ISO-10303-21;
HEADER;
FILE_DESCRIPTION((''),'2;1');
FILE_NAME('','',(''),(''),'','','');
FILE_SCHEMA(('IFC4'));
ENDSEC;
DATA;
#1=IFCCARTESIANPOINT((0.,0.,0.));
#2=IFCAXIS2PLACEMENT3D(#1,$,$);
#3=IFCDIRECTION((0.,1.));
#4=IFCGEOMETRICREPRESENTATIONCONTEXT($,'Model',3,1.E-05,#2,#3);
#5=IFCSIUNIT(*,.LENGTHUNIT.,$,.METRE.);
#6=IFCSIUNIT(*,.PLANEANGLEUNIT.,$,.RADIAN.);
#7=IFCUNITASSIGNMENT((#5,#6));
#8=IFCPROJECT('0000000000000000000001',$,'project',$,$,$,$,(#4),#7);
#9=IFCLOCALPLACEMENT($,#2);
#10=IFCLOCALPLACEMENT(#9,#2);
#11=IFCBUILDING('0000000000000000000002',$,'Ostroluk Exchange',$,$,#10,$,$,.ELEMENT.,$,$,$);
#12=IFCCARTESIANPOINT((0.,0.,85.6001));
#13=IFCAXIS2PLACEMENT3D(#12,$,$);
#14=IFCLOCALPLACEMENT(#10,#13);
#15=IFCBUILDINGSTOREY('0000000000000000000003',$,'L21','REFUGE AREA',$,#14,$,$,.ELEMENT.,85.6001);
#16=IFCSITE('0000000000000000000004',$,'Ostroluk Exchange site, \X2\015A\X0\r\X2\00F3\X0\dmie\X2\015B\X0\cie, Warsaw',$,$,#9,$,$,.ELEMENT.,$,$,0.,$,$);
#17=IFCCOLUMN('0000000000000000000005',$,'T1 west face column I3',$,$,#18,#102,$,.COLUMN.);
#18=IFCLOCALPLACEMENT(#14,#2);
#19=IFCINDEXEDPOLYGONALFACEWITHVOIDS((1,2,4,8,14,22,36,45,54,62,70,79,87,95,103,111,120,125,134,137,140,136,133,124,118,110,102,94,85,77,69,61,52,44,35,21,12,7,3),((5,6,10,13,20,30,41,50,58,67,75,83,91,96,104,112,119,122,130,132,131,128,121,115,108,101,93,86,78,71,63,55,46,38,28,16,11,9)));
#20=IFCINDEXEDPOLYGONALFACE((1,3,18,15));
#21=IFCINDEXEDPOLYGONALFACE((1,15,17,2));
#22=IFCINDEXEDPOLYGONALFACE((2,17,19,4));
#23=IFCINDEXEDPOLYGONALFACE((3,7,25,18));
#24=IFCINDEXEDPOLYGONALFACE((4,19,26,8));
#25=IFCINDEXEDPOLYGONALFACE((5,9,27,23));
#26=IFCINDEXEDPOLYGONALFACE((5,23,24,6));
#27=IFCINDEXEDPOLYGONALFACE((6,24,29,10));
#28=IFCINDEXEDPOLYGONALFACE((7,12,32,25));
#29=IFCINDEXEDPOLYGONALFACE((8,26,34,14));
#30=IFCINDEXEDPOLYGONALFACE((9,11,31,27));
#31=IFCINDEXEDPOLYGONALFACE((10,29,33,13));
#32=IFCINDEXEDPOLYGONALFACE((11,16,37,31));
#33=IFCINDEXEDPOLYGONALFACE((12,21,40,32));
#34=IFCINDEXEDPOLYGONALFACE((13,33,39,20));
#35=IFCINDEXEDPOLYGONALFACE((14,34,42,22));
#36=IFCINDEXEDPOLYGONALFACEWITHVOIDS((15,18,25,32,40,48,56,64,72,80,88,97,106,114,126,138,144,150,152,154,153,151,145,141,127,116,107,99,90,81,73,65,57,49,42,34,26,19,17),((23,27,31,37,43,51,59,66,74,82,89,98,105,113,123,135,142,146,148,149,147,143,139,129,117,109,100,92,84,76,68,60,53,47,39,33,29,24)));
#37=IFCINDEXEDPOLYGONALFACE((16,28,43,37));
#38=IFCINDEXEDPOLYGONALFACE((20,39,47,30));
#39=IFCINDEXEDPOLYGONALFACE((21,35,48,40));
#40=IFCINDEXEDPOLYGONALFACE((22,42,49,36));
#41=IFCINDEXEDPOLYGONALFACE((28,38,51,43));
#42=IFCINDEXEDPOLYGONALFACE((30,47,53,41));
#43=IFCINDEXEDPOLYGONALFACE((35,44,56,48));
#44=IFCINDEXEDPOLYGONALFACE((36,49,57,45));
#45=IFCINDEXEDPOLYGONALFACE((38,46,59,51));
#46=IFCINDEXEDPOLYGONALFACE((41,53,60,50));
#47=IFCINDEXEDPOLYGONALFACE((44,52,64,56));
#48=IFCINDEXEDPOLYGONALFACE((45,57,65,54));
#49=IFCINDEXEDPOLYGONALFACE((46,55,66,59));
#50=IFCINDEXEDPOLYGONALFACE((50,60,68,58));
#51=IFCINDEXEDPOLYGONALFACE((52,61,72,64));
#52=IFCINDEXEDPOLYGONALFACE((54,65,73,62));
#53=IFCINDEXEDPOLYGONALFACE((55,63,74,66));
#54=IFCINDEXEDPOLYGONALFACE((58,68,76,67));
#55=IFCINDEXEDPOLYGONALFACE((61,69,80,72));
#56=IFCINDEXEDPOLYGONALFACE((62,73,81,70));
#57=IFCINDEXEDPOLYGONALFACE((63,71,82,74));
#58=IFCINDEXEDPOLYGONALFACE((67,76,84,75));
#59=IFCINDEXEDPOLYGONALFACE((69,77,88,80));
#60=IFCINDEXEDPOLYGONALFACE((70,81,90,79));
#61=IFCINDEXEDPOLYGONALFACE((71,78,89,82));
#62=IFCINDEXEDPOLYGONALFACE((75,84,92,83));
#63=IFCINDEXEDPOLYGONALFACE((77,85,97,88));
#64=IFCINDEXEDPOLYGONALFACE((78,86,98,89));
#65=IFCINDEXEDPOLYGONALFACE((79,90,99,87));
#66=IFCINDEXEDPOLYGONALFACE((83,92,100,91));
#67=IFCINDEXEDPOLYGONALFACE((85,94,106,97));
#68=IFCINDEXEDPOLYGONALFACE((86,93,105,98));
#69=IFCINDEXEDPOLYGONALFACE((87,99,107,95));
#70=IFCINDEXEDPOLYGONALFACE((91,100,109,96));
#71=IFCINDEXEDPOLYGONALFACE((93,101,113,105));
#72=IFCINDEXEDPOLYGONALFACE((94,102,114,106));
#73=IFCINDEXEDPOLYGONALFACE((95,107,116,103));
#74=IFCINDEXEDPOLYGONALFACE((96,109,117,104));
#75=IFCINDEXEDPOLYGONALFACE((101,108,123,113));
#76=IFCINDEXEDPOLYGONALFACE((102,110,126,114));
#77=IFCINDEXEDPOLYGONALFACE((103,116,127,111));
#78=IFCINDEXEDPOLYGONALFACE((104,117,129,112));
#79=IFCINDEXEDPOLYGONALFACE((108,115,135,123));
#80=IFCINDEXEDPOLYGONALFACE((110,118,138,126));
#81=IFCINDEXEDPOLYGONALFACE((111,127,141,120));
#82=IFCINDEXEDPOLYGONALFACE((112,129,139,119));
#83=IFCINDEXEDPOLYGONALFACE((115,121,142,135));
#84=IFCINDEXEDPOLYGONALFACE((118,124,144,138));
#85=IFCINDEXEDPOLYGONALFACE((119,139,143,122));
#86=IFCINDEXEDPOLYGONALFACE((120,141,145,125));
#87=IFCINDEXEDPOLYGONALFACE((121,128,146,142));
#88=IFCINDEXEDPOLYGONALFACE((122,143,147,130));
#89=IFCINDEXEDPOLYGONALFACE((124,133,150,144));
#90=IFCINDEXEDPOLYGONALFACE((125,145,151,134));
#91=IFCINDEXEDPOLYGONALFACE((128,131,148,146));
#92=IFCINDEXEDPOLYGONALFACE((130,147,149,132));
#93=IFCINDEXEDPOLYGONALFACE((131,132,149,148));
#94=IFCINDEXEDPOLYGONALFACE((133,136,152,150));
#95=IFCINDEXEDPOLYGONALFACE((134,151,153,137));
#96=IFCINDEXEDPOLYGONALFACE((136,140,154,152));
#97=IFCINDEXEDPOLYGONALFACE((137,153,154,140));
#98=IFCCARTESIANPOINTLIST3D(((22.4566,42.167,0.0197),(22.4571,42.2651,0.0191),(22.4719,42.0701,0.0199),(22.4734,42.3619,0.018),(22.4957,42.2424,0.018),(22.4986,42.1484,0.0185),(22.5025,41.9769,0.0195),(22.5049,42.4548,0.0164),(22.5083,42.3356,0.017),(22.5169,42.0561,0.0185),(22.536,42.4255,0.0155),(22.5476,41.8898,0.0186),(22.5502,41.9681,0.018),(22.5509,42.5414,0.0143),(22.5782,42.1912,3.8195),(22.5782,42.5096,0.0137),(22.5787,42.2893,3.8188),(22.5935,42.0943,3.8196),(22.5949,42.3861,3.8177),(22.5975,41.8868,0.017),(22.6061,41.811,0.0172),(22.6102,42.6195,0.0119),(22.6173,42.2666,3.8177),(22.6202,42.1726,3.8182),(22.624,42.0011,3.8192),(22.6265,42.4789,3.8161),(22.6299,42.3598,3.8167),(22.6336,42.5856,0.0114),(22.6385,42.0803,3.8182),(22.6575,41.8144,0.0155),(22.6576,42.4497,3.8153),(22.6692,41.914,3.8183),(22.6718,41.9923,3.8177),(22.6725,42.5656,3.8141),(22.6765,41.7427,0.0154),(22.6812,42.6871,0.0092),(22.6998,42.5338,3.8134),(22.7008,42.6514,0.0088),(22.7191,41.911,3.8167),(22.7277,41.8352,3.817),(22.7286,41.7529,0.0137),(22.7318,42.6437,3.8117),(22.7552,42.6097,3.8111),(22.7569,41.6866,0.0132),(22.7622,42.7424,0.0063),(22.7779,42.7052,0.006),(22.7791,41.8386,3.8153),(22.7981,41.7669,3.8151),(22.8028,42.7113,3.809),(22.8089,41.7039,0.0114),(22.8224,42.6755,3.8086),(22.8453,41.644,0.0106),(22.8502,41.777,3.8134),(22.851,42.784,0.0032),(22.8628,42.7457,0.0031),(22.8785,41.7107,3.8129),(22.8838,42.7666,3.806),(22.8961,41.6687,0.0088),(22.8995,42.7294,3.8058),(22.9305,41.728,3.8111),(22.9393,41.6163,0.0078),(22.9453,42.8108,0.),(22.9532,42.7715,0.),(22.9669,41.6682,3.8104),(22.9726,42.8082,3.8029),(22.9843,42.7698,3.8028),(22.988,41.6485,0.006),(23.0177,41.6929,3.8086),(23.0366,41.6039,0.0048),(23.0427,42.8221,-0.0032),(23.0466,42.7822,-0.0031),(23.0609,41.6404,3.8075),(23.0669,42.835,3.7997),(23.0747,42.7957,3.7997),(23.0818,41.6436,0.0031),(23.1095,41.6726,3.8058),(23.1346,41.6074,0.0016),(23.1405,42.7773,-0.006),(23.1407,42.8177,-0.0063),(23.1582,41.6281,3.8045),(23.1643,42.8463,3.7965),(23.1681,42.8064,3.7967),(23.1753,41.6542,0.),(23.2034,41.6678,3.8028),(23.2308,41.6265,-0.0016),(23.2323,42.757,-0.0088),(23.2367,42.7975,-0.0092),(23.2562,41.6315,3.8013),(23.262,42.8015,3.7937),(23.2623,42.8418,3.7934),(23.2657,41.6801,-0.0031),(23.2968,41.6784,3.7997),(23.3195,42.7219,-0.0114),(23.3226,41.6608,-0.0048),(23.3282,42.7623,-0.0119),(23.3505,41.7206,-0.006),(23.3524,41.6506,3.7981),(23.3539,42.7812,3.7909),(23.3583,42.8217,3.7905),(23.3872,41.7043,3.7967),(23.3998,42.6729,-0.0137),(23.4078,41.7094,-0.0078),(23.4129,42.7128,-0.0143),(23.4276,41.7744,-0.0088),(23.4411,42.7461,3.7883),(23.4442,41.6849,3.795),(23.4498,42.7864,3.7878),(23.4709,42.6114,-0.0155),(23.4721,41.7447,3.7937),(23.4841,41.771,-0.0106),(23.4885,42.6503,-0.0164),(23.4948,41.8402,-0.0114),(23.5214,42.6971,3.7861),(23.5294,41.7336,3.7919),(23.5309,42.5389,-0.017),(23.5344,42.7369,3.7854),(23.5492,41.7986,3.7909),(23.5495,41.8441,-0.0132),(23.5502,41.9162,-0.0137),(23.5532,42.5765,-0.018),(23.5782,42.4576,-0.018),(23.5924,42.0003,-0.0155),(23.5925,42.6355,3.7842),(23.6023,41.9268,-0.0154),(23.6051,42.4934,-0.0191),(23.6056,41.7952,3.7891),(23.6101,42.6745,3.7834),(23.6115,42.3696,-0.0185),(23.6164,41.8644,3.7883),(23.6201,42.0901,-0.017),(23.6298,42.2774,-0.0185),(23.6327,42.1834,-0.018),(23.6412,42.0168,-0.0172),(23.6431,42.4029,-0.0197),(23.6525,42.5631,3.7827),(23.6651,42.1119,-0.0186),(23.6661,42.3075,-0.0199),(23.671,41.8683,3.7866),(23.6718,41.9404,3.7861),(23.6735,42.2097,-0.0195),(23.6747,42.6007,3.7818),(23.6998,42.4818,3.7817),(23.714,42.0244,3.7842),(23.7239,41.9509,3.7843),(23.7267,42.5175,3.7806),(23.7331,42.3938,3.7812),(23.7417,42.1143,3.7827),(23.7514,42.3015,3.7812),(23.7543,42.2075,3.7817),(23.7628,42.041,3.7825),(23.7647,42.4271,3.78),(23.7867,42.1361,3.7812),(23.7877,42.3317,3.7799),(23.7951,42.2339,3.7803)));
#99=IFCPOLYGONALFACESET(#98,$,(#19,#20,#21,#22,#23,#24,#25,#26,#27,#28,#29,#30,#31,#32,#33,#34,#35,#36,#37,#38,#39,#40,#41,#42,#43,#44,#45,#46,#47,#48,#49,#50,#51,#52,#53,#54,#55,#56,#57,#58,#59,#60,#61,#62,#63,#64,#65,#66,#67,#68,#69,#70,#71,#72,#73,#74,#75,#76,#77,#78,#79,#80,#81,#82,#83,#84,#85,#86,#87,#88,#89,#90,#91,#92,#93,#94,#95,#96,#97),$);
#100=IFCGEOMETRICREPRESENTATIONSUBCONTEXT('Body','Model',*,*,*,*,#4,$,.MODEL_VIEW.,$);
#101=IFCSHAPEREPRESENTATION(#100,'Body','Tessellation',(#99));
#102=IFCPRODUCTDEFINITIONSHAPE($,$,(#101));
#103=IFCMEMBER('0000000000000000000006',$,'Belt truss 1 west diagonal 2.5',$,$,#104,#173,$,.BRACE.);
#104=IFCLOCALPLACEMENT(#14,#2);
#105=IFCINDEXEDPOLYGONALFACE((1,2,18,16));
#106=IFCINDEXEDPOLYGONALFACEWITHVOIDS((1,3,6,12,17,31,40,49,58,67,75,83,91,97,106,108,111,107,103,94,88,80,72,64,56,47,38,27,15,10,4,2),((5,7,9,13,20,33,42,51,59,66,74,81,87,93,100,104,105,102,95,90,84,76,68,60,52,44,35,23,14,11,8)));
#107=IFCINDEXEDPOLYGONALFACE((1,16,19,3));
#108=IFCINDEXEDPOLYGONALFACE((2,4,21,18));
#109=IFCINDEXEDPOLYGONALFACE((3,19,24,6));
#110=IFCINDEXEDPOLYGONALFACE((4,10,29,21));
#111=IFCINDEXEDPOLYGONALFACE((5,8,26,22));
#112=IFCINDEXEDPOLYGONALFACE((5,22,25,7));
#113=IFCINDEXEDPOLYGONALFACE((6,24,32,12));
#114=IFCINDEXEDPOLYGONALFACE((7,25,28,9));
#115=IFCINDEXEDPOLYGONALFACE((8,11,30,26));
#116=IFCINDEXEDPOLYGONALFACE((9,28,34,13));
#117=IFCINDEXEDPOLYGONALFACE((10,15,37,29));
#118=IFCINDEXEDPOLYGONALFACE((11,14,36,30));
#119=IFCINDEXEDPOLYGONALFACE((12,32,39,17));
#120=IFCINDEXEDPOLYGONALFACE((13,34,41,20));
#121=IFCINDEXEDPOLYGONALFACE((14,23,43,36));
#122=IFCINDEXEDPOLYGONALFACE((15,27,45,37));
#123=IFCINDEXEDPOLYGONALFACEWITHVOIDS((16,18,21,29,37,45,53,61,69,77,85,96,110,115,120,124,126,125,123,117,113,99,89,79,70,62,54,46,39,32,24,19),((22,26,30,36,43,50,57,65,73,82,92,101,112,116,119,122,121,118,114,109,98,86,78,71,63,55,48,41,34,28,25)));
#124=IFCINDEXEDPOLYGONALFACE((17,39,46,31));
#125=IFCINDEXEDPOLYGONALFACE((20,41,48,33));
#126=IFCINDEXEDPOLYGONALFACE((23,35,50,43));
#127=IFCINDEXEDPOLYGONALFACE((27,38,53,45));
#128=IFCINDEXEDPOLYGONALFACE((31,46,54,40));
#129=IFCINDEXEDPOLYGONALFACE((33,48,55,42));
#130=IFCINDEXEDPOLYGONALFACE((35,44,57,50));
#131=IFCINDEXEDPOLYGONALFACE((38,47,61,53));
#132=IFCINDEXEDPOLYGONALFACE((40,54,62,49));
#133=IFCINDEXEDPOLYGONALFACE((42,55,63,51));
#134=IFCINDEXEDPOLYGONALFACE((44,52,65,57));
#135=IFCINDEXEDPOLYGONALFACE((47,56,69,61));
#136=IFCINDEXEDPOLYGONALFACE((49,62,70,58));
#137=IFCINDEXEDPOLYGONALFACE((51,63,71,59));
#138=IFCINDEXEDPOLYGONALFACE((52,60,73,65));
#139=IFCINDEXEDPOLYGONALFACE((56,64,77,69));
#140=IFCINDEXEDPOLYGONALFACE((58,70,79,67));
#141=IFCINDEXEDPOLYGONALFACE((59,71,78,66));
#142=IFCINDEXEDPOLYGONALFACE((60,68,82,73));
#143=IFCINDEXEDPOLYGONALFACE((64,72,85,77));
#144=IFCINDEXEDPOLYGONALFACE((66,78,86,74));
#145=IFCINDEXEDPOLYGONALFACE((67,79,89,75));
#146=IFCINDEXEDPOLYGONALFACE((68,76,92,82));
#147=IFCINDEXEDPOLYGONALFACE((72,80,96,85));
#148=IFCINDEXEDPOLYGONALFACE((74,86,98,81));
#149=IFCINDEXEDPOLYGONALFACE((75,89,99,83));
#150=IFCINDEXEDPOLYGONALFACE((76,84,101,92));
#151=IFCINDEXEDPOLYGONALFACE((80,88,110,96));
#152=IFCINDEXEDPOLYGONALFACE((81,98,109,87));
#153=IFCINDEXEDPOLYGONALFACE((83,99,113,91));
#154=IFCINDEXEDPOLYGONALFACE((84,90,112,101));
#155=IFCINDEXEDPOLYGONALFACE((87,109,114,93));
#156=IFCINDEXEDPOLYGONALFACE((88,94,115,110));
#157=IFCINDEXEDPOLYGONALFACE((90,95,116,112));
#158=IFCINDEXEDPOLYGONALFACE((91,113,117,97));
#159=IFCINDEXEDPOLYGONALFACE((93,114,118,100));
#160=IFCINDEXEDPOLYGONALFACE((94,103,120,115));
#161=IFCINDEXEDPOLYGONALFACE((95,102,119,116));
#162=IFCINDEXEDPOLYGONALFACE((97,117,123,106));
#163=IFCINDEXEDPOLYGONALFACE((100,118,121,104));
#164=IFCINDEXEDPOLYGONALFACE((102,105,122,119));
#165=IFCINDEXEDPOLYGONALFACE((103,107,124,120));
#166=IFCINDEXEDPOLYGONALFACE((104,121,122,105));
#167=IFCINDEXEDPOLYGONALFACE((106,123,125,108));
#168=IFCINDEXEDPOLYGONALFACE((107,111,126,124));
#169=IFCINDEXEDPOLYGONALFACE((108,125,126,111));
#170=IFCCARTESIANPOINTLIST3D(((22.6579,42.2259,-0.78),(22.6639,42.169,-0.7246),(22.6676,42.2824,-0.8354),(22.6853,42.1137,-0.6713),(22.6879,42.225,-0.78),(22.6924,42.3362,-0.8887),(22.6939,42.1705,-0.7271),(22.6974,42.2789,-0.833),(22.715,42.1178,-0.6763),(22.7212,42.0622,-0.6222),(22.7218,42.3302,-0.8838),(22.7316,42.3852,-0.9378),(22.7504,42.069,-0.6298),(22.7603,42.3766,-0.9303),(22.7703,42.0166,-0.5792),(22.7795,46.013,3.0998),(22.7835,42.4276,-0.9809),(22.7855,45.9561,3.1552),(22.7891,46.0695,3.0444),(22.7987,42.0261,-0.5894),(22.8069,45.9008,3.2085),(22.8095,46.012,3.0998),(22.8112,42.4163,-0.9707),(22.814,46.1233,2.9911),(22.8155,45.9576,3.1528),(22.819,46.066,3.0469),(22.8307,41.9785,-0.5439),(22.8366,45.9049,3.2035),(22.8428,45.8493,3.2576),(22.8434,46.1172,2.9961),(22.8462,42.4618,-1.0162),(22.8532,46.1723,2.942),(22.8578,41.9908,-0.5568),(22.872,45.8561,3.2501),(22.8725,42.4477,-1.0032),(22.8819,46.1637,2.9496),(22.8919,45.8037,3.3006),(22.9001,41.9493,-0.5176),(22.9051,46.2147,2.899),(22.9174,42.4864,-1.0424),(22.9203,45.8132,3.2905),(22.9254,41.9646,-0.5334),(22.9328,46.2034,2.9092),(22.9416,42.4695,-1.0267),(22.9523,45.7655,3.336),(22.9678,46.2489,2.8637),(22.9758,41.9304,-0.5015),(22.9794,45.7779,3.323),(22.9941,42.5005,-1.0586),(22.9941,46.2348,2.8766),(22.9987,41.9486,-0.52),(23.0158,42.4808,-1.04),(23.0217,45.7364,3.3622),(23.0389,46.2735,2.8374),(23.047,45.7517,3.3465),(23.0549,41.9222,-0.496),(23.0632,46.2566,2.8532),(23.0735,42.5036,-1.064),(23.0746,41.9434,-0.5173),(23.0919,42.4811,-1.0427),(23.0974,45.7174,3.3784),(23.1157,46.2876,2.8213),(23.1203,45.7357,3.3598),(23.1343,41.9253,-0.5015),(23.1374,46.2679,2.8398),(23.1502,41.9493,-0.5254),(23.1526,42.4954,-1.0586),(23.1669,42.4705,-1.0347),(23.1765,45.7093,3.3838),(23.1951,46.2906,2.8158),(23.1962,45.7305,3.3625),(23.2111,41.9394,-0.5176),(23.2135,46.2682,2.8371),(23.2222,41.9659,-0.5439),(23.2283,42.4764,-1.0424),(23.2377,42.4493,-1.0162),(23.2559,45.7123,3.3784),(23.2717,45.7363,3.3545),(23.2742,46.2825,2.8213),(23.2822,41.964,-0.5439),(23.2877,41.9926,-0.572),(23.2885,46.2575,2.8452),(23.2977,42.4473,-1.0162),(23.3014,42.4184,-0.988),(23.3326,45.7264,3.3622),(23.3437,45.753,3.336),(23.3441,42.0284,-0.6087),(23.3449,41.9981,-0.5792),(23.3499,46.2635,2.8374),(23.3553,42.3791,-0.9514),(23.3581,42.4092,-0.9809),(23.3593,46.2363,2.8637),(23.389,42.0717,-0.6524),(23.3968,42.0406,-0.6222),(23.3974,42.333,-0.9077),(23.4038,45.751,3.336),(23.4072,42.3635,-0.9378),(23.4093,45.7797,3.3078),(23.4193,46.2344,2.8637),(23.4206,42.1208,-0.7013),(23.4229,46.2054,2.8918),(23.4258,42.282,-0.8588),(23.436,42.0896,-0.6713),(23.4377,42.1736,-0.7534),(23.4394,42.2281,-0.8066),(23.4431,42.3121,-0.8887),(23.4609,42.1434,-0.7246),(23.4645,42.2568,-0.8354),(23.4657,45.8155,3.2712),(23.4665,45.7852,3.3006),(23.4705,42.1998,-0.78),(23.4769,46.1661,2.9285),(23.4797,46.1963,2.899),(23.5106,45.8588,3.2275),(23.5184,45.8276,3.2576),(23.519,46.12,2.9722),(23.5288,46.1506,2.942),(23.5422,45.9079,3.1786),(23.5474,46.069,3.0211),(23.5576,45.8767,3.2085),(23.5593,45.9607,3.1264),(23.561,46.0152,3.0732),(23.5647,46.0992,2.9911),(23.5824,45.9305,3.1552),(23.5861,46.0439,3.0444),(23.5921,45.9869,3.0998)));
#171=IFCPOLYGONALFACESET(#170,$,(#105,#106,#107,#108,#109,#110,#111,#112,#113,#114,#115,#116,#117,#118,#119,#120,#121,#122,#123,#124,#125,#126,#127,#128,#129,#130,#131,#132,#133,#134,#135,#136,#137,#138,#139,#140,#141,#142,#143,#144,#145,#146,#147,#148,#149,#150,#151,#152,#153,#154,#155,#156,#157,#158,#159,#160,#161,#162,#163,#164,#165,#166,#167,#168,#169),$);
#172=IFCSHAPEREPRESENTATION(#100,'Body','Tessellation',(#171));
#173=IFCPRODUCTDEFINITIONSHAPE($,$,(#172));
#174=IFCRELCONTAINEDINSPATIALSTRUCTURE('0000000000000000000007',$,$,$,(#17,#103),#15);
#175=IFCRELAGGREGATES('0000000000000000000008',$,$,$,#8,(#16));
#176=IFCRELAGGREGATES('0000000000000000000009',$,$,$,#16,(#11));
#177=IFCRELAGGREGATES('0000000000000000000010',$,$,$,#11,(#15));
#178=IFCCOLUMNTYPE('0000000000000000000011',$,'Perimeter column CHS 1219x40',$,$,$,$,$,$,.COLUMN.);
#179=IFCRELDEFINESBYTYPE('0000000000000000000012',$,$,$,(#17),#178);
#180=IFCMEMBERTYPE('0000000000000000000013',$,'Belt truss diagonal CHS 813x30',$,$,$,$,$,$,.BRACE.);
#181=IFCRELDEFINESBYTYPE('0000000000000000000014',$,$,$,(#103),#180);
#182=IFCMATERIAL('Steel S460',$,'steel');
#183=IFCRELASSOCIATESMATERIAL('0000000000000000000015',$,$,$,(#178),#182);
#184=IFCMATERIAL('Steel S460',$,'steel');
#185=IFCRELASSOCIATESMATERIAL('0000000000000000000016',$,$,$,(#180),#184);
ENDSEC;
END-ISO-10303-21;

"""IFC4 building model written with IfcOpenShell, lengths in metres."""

from ifc_helpers import new_model, si_unit, direction, frame, origin, origin_2d, place, context, subcontext, project, spatial, hollow_circle, extrude, material, material_profile, profile_set, type_object, element, save


model = new_model("IFC4")

# Units and contexts
model_context = context("Model", 3, precision=1e-05, world=origin(), true_north=direction((0.0, 1.0)))
body_context = subcontext(model_context, "Body", "Model", "MODEL_VIEW")
ifc_project = project(units=[si_unit("LENGTHUNIT", "METRE"), si_unit("PLANEANGLEUNIT", "RADIAN")], contexts=[model_context])

# Site, building, storey
site_placement = place(None, origin())
site = spatial("IfcSite", under=ifc_project, at=site_placement, Name="Ostroluk Exchange site, Śródmieście, Warsaw", CompositionType="ELEMENT", RefElevation=0.0)
building_placement = place(site_placement, origin())
building = spatial("IfcBuilding", under=site, at=building_placement, Name="Ostroluk Exchange", CompositionType="ELEMENT")
storey_placement = place(building_placement, frame((0.0, 0.0, 85.6001)))
storey = spatial("IfcBuildingStorey", under=building, at=storey_placement, Name="L21", Description="REFUGE AREA", CompositionType="ELEMENT", Elevation=85.6001)

# Column
ifc_material_1 = material(Name="Steel S460", Category="steel")
ifc_material_profile_1 = material_profile(ifc_material_1, hollow_circle(Radius=0.6096, WallThickness=0.04, at=origin_2d()), Name="CHS 1219x40")
ifc_profile_set_1 = profile_set([ifc_material_profile_1], Name="Steel S460")
column_type = type_object("IfcColumnType", Name="Perimeter column CHS 1219x40", PredefinedType="COLUMN", material=ifc_profile_set_1)
column_placement = place(storey_placement, frame((23.0642, 42.2129, 0.0), z_axis=(0.03198, 0.006357, 0.999468), x_axis=(-0.19498, 0.980807, 0.0)))
element("IfcColumn", 1, at=column_placement, inside=storey, type_object=column_type, Name="T1 west face column I3", PredefinedType="COLUMN", context=body_context, shape_type="SweptSolid", body=[
    extrude(hollow_circle(Radius=0.6096, WallThickness=0.04, at=origin_2d()), origin(), (0.0, 0.0, 1.0), 3.8018),
])

# Member
ifc_material_2 = material(Name="Steel S460", Category="steel")
ifc_material_profile_2 = material_profile(ifc_material_2, hollow_circle(Radius=0.4065, WallThickness=0.03, at=origin_2d()), Name="CHS 813x30")
ifc_profile_set_2 = profile_set([ifc_material_profile_2], Name="Steel S460")
member_type_1 = type_object("IfcMemberType", Name="Belt truss diagonal CHS 813x30", PredefinedType="BRACE", material=ifc_profile_set_2)
member_1_placement = place(storey_placement, frame((23.0642, 42.2129, -0.78), z_axis=(0.022419, 0.698324, 0.715431), x_axis=(-0.999485, 0.032088, 0.0)))
element("IfcMember", 2, at=member_1_placement, inside=storey, type_object=member_type_1, Name="Belt truss 1 west diagonal 2.5", PredefinedType="BRACE", context=body_context, shape_type="SweptSolid", body=[
    extrude(hollow_circle(Radius=0.4065, WallThickness=0.03, at=origin_2d()), origin(), (0.0, 0.0, 1.0), 5.4231),
])

save(model, "model.ifc")
